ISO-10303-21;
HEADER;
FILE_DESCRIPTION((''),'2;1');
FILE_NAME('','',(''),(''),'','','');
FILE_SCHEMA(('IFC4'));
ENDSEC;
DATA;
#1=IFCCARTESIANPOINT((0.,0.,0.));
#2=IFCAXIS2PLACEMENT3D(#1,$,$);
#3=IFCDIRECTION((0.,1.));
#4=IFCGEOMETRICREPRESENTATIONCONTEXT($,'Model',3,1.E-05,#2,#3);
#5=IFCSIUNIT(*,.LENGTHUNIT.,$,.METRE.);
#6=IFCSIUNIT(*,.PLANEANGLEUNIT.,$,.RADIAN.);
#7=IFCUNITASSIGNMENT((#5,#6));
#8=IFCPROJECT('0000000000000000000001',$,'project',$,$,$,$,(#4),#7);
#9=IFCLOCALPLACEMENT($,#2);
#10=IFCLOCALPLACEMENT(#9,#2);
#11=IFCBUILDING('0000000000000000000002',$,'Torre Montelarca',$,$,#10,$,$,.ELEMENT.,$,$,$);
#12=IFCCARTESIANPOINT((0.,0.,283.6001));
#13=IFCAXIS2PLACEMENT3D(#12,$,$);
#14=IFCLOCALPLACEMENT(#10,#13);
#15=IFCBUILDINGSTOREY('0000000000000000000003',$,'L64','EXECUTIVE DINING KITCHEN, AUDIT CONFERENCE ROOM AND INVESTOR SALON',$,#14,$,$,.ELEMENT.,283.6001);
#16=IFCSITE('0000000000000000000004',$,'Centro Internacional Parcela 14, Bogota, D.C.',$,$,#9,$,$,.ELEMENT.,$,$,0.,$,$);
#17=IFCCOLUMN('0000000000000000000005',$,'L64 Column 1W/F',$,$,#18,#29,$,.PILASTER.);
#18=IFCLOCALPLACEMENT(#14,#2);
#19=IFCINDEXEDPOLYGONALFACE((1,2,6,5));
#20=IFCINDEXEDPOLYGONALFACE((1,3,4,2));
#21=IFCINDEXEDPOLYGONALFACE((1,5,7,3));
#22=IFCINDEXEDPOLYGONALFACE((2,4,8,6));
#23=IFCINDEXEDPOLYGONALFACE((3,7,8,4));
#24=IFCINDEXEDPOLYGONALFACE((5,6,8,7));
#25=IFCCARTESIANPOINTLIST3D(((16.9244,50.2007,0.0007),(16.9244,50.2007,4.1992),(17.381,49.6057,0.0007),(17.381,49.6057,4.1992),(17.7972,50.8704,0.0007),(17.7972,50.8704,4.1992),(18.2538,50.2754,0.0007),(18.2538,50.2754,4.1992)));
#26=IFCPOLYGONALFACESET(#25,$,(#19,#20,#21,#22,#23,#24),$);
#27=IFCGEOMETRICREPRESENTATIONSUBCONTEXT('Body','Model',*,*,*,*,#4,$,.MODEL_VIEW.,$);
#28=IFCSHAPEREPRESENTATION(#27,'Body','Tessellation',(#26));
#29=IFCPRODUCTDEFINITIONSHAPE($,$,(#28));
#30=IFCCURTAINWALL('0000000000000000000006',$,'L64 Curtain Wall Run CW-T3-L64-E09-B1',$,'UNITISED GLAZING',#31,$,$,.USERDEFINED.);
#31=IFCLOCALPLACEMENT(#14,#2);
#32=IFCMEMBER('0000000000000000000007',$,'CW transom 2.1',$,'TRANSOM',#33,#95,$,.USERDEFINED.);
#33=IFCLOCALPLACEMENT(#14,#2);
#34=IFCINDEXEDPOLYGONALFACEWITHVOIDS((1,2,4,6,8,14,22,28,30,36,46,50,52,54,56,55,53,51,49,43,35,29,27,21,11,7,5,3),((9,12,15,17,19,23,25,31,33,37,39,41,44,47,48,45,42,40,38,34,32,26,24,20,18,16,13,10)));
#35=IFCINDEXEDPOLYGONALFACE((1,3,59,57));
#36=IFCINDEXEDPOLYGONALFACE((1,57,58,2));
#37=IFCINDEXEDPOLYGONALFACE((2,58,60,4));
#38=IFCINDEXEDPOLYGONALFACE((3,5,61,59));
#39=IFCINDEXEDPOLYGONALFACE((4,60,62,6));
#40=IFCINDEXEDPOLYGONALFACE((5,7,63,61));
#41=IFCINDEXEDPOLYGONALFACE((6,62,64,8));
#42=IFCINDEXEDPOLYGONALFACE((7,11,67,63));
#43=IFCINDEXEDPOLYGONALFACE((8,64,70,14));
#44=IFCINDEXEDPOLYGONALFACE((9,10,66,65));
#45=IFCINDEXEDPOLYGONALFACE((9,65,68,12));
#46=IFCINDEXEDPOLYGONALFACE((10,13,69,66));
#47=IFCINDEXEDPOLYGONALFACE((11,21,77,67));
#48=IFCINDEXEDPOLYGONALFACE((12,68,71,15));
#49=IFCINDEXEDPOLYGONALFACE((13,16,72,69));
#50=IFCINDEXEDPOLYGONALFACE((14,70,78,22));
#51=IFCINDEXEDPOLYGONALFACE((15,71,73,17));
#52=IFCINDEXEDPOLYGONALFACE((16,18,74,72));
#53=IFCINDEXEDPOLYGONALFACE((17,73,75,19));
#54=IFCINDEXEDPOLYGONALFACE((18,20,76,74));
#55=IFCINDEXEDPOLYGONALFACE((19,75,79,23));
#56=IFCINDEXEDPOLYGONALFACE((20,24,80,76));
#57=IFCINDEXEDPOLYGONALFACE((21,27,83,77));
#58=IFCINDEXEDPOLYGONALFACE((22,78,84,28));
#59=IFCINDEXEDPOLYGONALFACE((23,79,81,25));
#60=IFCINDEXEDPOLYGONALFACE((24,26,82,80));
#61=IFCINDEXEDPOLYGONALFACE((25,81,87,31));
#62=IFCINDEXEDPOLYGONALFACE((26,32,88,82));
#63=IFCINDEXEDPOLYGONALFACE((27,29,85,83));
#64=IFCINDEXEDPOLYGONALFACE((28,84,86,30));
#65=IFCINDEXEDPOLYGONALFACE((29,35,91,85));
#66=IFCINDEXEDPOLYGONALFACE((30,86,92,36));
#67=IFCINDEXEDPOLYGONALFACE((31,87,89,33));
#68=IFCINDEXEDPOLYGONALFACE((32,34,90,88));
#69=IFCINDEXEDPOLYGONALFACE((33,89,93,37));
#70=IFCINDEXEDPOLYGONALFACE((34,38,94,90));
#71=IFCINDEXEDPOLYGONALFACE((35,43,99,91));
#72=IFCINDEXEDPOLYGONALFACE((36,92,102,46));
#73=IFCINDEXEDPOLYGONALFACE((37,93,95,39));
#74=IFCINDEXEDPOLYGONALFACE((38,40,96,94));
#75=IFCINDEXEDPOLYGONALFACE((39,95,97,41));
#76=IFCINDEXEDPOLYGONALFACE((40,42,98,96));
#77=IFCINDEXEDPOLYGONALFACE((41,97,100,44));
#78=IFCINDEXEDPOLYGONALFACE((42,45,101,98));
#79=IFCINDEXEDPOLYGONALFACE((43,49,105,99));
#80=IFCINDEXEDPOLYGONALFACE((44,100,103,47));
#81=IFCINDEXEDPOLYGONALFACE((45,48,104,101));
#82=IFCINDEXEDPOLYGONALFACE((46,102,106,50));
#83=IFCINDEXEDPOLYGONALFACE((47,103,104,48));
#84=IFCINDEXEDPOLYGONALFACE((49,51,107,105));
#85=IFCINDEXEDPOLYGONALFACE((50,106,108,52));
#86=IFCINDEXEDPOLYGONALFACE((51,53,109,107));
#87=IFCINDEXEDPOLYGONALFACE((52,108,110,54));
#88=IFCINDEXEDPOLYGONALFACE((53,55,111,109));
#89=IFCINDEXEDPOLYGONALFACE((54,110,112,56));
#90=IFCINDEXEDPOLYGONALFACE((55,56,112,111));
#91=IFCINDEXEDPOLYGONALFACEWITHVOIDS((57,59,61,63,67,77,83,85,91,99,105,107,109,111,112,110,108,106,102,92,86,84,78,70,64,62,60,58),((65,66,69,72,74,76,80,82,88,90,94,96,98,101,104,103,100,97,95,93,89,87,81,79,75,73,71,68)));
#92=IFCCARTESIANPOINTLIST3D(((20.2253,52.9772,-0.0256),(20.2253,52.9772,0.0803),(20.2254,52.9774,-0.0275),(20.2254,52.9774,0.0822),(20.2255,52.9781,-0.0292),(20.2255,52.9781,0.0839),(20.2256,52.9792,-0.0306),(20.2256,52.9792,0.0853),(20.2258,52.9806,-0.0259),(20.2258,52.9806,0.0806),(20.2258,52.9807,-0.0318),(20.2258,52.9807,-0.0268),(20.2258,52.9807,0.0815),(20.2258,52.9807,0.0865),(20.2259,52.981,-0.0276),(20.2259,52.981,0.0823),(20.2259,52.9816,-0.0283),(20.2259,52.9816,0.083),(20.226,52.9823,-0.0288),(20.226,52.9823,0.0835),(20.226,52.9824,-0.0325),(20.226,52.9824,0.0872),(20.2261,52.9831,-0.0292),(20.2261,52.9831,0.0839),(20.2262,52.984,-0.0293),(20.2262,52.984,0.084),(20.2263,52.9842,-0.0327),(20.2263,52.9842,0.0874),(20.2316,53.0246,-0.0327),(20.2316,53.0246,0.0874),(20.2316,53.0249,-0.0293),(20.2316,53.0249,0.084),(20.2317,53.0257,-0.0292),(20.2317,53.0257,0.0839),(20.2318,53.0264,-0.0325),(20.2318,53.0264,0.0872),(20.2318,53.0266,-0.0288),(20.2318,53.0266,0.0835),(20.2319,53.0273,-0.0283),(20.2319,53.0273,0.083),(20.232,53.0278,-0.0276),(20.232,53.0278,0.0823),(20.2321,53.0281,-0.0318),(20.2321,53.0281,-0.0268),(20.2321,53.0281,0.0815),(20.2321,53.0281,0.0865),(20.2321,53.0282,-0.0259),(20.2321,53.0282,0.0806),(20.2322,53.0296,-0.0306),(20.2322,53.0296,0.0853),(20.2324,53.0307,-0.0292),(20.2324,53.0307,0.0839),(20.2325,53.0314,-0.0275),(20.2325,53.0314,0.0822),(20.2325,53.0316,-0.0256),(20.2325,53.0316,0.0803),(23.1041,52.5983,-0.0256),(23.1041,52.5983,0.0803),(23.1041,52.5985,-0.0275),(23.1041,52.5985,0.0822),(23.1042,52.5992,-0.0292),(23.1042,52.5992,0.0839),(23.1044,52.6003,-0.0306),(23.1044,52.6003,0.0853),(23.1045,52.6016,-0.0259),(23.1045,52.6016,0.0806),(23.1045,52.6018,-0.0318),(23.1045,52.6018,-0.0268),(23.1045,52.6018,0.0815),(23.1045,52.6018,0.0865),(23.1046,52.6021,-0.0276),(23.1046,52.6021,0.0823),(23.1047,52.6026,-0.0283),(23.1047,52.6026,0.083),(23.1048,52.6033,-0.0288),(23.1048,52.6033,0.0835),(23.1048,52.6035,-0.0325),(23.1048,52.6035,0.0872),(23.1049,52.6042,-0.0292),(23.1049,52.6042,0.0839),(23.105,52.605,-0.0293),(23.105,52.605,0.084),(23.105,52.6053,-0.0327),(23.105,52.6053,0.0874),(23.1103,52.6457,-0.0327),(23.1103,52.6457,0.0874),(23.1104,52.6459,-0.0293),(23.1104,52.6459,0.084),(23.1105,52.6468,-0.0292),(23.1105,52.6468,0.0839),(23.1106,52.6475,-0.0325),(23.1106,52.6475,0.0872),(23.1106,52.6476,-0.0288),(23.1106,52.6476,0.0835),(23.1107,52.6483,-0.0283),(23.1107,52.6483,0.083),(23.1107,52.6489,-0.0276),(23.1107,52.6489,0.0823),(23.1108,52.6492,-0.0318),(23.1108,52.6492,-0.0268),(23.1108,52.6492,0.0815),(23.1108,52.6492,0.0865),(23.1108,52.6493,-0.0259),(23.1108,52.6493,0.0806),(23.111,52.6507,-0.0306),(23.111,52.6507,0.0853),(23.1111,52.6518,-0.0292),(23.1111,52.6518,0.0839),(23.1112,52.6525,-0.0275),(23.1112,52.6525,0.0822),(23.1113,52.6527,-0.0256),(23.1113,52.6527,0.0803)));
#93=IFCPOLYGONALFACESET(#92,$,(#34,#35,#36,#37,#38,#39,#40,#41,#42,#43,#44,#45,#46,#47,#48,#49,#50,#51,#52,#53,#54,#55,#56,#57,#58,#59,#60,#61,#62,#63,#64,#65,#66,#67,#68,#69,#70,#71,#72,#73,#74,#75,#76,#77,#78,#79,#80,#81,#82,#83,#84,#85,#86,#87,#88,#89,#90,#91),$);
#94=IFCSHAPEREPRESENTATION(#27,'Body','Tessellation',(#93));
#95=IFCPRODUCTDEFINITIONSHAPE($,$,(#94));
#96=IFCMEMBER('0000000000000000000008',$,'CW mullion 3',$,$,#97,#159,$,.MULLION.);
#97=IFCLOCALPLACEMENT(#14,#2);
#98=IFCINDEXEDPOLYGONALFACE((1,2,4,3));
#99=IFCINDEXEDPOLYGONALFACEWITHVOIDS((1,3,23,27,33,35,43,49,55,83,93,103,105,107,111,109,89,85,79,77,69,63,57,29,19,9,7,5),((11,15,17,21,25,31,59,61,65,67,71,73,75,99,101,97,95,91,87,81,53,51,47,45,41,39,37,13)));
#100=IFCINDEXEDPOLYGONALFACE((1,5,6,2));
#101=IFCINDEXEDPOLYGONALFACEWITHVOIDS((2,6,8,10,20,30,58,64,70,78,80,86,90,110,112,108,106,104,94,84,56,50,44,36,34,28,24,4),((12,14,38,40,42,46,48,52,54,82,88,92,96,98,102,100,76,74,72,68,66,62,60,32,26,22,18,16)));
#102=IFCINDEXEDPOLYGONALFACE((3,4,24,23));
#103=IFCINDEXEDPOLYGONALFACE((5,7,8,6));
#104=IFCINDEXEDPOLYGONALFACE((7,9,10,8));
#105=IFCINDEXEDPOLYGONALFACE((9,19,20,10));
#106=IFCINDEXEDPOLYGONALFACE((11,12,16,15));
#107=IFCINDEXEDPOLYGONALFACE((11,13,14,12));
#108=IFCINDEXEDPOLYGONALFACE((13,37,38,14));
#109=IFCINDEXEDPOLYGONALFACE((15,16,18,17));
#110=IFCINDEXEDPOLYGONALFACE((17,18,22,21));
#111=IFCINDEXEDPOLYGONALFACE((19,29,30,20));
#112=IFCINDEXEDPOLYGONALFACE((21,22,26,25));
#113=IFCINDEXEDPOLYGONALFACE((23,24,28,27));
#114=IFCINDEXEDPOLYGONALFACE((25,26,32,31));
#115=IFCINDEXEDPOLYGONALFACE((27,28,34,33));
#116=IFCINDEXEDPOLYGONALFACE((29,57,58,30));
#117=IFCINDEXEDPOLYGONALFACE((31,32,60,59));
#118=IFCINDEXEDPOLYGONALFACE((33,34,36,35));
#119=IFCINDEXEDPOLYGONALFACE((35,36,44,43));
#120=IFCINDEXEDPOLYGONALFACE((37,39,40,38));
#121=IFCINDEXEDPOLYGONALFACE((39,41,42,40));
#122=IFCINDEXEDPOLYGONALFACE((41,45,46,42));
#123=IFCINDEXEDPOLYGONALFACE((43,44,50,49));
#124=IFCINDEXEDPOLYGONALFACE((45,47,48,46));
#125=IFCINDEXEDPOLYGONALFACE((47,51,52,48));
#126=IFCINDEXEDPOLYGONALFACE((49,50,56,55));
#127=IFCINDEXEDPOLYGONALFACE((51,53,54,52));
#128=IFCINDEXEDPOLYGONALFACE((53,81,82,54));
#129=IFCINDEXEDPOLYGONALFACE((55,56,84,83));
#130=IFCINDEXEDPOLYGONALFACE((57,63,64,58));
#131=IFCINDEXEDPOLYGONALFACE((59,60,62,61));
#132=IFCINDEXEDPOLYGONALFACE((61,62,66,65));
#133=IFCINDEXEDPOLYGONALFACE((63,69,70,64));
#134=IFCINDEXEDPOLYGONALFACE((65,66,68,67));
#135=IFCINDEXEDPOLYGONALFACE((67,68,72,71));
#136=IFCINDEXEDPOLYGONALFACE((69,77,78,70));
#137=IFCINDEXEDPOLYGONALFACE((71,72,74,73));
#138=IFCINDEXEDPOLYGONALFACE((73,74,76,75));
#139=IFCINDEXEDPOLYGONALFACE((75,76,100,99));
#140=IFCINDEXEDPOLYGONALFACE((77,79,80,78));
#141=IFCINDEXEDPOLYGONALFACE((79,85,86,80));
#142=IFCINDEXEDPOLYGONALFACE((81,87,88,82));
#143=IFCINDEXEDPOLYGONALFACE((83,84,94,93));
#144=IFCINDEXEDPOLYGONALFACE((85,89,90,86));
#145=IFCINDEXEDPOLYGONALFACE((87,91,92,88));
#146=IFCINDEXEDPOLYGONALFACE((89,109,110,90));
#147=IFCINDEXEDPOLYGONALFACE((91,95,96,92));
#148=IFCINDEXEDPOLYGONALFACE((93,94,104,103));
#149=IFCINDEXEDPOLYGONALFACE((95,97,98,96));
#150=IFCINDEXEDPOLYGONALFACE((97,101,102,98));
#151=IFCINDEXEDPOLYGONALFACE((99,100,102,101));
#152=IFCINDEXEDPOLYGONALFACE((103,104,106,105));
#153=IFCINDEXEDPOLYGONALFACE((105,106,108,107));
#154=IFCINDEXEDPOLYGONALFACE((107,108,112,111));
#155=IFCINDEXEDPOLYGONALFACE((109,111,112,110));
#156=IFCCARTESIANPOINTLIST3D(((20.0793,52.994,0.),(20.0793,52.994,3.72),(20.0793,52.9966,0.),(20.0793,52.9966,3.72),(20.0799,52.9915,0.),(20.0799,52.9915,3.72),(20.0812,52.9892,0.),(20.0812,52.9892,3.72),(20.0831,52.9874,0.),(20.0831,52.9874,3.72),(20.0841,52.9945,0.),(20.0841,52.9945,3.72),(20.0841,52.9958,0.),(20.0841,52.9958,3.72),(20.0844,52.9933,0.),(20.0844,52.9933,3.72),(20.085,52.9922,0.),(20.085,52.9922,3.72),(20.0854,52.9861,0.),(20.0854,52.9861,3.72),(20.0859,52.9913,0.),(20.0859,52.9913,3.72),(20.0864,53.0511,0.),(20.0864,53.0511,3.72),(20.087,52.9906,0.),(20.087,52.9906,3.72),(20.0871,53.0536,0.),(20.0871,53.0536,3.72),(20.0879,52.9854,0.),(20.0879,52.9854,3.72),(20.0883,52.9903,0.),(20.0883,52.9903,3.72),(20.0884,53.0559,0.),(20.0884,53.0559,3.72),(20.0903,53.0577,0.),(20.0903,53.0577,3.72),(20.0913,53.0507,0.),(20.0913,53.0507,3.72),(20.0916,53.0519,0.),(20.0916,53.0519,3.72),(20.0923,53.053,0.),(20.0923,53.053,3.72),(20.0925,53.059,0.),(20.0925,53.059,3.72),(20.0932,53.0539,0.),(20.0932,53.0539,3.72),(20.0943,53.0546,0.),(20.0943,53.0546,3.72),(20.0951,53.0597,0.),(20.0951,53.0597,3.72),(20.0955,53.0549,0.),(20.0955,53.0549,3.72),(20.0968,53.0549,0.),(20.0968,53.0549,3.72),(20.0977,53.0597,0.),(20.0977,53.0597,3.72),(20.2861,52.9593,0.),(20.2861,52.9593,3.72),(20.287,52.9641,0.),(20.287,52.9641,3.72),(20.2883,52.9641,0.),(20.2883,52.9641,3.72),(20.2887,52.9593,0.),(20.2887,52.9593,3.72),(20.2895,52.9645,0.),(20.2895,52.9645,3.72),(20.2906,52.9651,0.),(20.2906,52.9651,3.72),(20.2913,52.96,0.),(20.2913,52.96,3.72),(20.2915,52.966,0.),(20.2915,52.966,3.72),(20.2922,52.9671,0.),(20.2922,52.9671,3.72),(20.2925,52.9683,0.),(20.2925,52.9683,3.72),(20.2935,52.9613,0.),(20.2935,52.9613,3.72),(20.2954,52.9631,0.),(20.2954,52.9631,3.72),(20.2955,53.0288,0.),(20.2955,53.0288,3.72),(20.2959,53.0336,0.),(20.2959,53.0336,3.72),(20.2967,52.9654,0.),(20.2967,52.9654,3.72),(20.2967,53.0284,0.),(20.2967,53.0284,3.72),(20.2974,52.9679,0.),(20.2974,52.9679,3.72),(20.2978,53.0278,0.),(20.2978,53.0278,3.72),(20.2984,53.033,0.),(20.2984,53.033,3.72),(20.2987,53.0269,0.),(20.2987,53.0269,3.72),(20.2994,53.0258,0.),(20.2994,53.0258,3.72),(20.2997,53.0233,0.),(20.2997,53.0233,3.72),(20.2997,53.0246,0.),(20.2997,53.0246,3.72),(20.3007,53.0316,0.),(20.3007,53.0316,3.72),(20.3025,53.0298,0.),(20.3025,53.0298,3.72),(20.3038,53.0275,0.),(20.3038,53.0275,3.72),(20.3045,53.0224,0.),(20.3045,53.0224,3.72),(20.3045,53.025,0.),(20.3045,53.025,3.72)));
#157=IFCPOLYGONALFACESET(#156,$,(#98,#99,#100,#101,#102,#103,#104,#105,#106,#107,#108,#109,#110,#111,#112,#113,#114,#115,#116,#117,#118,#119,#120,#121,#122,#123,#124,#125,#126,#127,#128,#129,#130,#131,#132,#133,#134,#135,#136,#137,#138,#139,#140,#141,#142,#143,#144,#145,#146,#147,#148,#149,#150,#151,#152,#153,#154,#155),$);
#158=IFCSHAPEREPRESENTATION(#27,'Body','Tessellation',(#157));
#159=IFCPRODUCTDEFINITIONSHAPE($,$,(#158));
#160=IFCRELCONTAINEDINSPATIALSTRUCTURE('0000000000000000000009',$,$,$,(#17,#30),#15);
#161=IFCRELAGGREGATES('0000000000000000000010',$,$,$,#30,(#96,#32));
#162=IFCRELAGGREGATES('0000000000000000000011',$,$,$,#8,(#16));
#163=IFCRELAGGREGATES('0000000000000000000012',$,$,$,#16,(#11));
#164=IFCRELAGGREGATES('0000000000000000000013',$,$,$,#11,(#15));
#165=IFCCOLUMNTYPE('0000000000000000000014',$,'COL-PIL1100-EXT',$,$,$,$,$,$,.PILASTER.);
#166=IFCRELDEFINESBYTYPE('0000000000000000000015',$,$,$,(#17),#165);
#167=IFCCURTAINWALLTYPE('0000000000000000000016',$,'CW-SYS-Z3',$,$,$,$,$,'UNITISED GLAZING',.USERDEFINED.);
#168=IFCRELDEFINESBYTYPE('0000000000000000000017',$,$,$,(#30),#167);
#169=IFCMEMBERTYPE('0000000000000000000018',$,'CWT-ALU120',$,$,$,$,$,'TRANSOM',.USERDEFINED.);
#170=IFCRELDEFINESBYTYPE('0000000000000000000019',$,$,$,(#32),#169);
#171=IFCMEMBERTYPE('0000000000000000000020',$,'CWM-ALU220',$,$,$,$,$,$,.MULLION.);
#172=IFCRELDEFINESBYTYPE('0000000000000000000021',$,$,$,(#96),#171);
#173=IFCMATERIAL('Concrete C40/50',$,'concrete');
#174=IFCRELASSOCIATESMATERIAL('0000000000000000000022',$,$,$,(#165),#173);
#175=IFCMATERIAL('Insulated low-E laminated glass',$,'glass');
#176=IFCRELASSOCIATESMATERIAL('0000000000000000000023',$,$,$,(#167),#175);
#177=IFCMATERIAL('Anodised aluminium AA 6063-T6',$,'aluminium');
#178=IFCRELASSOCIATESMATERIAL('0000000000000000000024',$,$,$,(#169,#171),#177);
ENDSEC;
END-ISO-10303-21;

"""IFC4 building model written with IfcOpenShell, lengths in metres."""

from ifc_helpers import new_model, si_unit, direction, frame, origin, origin_2d, place, context, subcontext, project, spatial, rectangle, hollow_rectangle, extrude, source, transform, mapped, material, material_profile, profile_set, type_object, element, aggregate, save


model = new_model("IFC4")

# Units and contexts
model_context = context("Model", 3, precision=1e-05, world=origin(), true_north=direction((0.0, 1.0)))
body_context = subcontext(model_context, "Body", "Model", "MODEL_VIEW")
ifc_project = project(units=[si_unit("LENGTHUNIT", "METRE"), si_unit("PLANEANGLEUNIT", "RADIAN")], contexts=[model_context])

# Site, building, storey
site_placement = place(None, origin())
site = spatial("IfcSite", under=ifc_project, at=site_placement, Name="Centro Internacional Parcela 14, Bogota, D.C.", CompositionType="ELEMENT", RefElevation=0.0)
building_placement = place(site_placement, origin())
building = spatial("IfcBuilding", under=site, at=building_placement, Name="Torre Montelarca", CompositionType="ELEMENT")
storey_placement = place(building_placement, frame((0.0, 0.0, 283.6001)))
storey = spatial("IfcBuildingStorey", under=building, at=storey_placement, Name="L64", Description="EXECUTIVE DINING KITCHEN, AUDIT CONFERENCE ROOM AND INVESTOR SALON", CompositionType="ELEMENT", Elevation=283.6001)

# Column
ifc_material_1 = material(Name="Concrete C40/50", Category="concrete")
ifc_material_profile_1 = material_profile(ifc_material_1, rectangle(XDim=0.75, YDim=1.1001, at=origin_2d()), Name="RC1100X750", Category="concrete")
ifc_profile_set_1 = profile_set([ifc_material_profile_1], Name="Concrete C40/50")
column_type = type_object("IfcColumnType", Name="COL-PIL1100-EXT", PredefinedType="PILASTER", material=ifc_profile_set_1)
shared_shape_1 = source(origin(), body_context, "Body", "SweptSolid", [
    extrude(rectangle(XDim=0.75, YDim=1.1001, at=origin_2d()), origin(), (0.0, 0.0, 1.0), 4.1985),
])
column_placement = place(storey_placement, frame((17.5891, 50.238, 0.0007), z_axis=(0.0, 0.0, 1.0), x_axis=(-0.608761, 0.793353, 0.0)))
element("IfcColumn", 1, at=column_placement, inside=storey, type_object=column_type, Name="L64 Column 1W/F", PredefinedType="PILASTER", context=body_context, shape_type="MappedRepresentation", body=[
    mapped(shared_shape_1, transform((0.0, 0.0, 0.0), scale=1.0)),
])

# Curtain wall, members
ifc_material_2 = material(Name="Insulated low-E laminated glass", Category="glass")
curtain_wall_type = type_object("IfcCurtainWallType", Name="CW-SYS-Z3", ElementType="UNITISED GLAZING", PredefinedType="USERDEFINED", material=ifc_material_2)
curtain_wall_1_placement = place(storey_placement, origin())
curtain_wall_1 = element("IfcCurtainWall", 2, at=curtain_wall_1_placement, inside=storey, type_object=curtain_wall_type, Name="L64 Curtain Wall Run CW-T3-L64-E09-B1", ObjectType="UNITISED GLAZING", PredefinedType="USERDEFINED")
ifc_material_3 = material(Name="Anodised aluminium AA 6063-T6", Category="aluminium")
ifc_material_profile_2 = material_profile(ifc_material_3, hollow_rectangle(XDim=0.0549, YDim=0.1201, WallThickness=0.0034, InnerFilletRadius=0.0034, OuterFilletRadius=0.0071, at=origin_2d()), Name="ALU55X120X3.5", Category="aluminium")
ifc_profile_set_2 = profile_set([ifc_material_profile_2], Name="Anodised aluminium AA 6063-T6")
member_type_1 = type_object("IfcMemberType", Name="CWT-ALU120", ElementType="TRANSOM", PredefinedType="USERDEFINED", material=ifc_profile_set_2)
shared_shape_2 = source(origin(), body_context, "Body", "SweptSolid", [
    extrude(hollow_rectangle(XDim=0.0549, YDim=0.1201, WallThickness=0.0034, InnerFilletRadius=0.0034, OuterFilletRadius=0.0071, at=origin_2d()), origin(), (0.0, 0.0, 1.0), 2.9036),
])
member_1_placement = place(storey_placement, frame((23.1077, 52.6255, 0.0273), z_axis=(-0.991448, 0.1305, 0.0), x_axis=(-0.1305, -0.991448, 0.0)))
member_1 = element("IfcMember", 3, at=member_1_placement, type_object=member_type_1, Name="CW transom 2.1", ObjectType="TRANSOM", PredefinedType="USERDEFINED", context=body_context, shape_type="MappedRepresentation", body=[
    mapped(shared_shape_2, transform((0.0, 0.0, 0.0), scale=1.0)),
])
ifc_material_profile_3 = material_profile(ifc_material_3, hollow_rectangle(XDim=0.075, YDim=0.22, WallThickness=0.0049, InnerFilletRadius=0.0049, OuterFilletRadius=0.01, at=origin_2d()), Name="ALU75X220X5", Category="aluminium")
ifc_profile_set_3 = profile_set([ifc_material_profile_3], Name="Anodised aluminium AA 6063-T6")
member_type_2 = type_object("IfcMemberType", Name="CWM-ALU220", PredefinedType="MULLION", material=ifc_profile_set_3)
shared_shape_3 = source(origin(), body_context, "Body", "SweptSolid", [
    extrude(hollow_rectangle(XDim=0.075, YDim=0.22, WallThickness=0.0049, InnerFilletRadius=0.0049, OuterFilletRadius=0.01, at=origin_2d()), origin(), (0.0, 0.0, 1.0), 3.72),
])
member_2_placement = place(storey_placement, frame((20.1919, 53.0095, 0.0), z_axis=(0.0, 0.0, 1.0), x_axis=(-0.130514, -0.991446, 0.0)))
member_2 = element("IfcMember", 4, at=member_2_placement, type_object=member_type_2, Name="CW mullion 3", PredefinedType="MULLION", context=body_context, shape_type="MappedRepresentation", body=[
    mapped(shared_shape_3, transform((0.0, 0.0, 0.0), scale=1.0)),
])

aggregate(curtain_wall_1, [member_2, member_1])

save(model, "model.ifc")
